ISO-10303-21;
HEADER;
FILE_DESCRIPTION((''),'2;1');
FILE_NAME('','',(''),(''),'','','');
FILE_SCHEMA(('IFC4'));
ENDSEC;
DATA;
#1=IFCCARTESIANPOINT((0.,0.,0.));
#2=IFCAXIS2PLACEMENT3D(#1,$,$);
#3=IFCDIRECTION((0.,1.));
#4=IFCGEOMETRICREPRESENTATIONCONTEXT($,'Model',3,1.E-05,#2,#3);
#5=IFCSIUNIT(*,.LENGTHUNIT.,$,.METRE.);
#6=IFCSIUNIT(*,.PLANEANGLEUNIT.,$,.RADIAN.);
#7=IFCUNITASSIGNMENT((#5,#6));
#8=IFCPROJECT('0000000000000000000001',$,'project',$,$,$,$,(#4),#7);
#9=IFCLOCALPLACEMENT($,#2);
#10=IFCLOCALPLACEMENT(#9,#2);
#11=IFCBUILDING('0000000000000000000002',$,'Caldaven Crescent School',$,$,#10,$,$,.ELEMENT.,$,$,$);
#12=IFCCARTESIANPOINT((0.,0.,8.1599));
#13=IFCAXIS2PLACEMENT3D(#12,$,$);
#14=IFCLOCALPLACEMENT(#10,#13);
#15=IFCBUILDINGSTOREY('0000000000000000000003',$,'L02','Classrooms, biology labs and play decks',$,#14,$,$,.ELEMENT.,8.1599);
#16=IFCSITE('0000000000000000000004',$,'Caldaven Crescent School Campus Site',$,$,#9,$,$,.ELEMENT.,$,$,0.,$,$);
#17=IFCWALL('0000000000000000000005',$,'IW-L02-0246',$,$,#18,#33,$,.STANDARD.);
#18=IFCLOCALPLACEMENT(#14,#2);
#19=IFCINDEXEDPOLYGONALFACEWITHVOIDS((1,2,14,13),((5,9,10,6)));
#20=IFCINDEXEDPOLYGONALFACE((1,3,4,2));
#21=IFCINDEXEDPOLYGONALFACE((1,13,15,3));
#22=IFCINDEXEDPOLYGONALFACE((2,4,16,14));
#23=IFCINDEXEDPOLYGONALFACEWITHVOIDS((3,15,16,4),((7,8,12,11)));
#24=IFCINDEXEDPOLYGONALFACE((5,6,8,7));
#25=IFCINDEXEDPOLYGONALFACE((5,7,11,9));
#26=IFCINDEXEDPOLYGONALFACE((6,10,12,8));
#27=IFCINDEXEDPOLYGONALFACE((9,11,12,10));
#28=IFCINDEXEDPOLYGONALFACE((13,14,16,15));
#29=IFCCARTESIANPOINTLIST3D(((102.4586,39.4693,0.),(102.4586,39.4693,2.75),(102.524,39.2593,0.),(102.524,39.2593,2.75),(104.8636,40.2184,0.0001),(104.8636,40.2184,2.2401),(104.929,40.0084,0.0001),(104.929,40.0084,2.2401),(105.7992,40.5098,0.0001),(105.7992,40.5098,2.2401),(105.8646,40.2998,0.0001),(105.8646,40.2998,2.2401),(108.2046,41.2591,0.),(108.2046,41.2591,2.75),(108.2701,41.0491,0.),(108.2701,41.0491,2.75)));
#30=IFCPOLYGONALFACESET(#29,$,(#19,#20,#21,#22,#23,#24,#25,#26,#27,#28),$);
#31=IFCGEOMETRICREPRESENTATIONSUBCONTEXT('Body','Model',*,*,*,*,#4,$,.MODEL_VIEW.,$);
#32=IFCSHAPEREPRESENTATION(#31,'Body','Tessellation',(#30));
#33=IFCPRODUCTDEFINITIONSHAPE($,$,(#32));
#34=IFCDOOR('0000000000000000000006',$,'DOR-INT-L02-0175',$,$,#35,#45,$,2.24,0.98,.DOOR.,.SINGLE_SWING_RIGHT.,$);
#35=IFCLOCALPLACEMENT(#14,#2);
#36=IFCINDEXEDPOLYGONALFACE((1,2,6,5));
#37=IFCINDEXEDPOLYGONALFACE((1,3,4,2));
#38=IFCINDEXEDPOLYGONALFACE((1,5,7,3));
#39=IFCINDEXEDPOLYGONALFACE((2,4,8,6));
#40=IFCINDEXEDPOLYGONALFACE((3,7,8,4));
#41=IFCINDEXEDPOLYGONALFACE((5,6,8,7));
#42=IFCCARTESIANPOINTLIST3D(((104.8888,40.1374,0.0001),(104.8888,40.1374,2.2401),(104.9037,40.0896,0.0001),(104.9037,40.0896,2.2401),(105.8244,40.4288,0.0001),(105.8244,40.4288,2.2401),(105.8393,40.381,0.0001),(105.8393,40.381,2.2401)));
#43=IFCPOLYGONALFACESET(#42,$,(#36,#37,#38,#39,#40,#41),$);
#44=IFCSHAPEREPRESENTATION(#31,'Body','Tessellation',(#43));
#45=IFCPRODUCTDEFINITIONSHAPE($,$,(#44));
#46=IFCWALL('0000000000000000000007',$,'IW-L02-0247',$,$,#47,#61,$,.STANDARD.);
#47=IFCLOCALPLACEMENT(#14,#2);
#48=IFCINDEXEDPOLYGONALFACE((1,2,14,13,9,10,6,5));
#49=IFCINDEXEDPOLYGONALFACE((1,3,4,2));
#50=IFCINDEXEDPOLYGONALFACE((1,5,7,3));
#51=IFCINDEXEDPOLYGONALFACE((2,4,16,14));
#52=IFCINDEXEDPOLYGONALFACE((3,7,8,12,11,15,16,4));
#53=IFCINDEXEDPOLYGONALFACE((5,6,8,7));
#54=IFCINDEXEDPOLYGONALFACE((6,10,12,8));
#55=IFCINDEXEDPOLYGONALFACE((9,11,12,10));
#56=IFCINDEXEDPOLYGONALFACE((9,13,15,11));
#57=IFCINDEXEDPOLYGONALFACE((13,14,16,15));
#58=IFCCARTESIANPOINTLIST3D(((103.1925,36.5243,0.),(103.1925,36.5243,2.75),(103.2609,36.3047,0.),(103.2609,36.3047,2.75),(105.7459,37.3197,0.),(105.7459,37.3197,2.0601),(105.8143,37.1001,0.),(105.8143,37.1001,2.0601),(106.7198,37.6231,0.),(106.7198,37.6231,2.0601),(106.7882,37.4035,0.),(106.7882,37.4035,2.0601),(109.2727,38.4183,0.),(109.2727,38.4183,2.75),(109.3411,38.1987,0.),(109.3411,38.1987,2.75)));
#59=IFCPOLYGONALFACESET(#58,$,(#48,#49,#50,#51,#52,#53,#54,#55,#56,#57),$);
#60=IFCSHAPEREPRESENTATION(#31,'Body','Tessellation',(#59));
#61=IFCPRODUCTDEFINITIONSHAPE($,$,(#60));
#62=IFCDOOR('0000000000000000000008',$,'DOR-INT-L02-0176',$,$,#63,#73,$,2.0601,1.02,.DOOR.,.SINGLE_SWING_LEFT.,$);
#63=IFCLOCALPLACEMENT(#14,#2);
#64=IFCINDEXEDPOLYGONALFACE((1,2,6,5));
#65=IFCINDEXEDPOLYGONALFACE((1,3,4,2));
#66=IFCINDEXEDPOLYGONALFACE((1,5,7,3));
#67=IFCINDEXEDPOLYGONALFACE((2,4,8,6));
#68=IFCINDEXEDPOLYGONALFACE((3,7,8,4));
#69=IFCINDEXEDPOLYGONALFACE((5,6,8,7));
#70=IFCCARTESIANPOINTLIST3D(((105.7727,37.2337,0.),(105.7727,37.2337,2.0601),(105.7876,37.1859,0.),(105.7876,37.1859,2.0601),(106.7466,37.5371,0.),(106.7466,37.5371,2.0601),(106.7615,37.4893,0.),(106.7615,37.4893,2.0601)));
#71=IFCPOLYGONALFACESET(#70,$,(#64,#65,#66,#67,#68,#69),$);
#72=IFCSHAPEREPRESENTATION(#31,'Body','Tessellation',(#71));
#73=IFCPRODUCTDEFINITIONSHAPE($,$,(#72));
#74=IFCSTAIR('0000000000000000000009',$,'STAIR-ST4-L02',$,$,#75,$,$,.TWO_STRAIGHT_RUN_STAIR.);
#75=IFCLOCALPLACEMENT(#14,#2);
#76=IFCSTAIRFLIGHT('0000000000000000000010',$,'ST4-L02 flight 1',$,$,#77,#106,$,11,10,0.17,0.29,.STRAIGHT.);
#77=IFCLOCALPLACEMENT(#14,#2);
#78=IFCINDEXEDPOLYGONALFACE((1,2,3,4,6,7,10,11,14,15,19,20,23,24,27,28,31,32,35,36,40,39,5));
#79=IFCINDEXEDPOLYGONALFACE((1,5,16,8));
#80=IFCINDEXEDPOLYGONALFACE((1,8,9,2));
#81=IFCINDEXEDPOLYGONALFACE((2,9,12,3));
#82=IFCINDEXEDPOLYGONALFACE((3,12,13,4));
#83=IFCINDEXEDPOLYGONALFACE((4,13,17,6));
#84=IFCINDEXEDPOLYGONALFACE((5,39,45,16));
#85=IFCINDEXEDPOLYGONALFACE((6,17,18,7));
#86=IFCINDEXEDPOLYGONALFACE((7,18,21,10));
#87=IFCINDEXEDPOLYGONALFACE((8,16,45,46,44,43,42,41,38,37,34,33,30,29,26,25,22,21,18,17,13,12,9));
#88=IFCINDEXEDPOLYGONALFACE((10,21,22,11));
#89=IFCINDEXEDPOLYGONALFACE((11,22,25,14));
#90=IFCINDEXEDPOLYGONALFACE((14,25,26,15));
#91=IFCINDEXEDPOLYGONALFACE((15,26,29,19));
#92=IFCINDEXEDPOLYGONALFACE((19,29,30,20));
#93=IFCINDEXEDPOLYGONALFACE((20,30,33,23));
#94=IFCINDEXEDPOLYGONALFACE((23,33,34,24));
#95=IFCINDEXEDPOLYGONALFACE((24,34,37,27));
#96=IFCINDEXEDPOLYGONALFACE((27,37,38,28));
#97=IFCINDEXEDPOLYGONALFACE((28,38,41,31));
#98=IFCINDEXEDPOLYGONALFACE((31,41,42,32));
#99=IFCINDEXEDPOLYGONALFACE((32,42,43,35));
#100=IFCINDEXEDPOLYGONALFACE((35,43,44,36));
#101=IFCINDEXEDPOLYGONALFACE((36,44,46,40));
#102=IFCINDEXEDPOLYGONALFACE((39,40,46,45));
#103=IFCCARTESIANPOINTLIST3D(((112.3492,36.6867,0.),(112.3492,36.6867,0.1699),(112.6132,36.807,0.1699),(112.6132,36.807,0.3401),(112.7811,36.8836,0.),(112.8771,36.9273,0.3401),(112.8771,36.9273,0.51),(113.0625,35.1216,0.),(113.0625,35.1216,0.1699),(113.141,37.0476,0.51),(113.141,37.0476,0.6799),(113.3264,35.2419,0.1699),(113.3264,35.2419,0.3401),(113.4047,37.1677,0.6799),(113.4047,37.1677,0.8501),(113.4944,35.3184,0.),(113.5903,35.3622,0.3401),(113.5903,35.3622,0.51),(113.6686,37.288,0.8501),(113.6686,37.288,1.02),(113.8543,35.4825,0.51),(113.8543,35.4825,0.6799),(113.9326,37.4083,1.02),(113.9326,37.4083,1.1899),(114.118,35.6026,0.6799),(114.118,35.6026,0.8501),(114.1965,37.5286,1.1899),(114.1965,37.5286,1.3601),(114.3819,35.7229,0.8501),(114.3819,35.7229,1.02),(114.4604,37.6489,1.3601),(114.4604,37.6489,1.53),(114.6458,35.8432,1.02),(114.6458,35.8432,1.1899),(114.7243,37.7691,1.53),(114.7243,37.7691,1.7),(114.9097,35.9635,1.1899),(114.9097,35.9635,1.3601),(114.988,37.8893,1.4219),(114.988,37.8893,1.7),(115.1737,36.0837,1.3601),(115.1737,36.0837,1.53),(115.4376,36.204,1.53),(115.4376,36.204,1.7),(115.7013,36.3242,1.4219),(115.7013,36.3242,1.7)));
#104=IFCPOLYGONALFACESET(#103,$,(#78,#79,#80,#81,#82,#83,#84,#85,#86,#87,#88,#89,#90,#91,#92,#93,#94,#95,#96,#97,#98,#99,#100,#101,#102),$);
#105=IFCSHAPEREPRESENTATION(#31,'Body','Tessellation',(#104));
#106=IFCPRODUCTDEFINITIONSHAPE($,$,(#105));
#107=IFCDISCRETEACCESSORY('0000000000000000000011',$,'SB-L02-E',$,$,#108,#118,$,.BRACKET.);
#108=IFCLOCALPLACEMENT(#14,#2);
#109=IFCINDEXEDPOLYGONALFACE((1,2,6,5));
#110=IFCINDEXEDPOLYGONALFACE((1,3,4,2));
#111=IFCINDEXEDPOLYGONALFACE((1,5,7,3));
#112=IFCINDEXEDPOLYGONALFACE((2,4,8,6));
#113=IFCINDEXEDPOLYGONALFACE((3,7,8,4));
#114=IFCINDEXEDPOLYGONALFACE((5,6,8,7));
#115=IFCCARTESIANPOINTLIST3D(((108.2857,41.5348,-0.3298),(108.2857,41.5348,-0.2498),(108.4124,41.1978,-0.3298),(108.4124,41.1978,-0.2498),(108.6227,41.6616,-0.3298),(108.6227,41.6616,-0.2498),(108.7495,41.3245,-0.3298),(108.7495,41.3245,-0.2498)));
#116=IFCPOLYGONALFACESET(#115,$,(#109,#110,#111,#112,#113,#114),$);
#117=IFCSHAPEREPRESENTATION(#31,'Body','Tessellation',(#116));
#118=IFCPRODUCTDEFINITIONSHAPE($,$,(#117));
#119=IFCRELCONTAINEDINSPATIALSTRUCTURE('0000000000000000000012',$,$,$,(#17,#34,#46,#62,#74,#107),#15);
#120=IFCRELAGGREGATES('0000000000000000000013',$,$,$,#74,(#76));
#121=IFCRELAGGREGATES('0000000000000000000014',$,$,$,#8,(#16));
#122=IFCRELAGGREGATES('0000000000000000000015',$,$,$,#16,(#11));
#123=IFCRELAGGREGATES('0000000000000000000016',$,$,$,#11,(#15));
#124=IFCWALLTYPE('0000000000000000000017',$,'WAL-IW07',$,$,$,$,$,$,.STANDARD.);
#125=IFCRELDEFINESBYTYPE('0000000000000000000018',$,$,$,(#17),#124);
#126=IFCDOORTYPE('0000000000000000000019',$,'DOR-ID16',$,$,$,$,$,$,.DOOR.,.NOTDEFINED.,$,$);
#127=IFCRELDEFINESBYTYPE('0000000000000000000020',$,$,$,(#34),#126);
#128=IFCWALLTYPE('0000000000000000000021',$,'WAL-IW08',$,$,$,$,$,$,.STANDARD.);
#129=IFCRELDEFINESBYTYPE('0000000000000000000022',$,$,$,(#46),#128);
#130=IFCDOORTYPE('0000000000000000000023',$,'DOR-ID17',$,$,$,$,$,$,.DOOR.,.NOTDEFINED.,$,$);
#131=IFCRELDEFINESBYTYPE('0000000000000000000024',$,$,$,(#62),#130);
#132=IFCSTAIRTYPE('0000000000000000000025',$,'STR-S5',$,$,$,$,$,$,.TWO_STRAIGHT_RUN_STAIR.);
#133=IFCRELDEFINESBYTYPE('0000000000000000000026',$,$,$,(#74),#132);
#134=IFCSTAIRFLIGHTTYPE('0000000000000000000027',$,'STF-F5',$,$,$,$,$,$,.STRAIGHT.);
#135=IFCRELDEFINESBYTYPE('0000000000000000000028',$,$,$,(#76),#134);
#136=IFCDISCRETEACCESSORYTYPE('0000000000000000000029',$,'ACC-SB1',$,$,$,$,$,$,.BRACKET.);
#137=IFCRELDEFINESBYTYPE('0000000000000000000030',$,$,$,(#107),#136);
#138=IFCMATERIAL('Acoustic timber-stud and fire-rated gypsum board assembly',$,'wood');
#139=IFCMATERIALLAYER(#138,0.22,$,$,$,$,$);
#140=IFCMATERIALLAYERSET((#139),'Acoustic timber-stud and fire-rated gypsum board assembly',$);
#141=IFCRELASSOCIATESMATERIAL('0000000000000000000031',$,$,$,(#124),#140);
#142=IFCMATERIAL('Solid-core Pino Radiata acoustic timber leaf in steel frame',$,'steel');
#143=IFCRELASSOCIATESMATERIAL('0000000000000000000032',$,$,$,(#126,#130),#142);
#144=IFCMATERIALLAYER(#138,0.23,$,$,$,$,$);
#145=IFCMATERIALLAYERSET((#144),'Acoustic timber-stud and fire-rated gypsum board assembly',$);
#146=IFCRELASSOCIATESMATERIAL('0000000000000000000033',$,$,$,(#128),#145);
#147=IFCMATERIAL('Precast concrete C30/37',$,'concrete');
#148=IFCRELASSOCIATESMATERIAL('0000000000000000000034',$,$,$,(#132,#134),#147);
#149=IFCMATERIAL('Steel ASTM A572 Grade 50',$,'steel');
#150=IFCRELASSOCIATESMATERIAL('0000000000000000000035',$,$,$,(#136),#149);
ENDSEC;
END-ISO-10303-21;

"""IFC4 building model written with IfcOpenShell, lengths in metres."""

from ifc_helpers import new_model, si_unit, direction, frame, frame_2d, origin, origin_2d, place, context, subcontext, project, spatial, polyline, rectangle, outline, extrude, material, layer, layer_set, type_object, element, fill, aggregate, save


model = new_model("IFC4")

# Units and contexts
model_context = context("Model", 3, precision=1e-05, world=origin(), true_north=direction((0.0, 1.0)))
body_context = subcontext(model_context, "Body", "Model", "MODEL_VIEW")
ifc_project = project(units=[si_unit("LENGTHUNIT", "METRE"), si_unit("PLANEANGLEUNIT", "RADIAN")], contexts=[model_context])

# Site, building, storey
site_placement = place(None, origin())
site = spatial("IfcSite", under=ifc_project, at=site_placement, Name="Caldaven Crescent School Campus Site", CompositionType="ELEMENT", RefElevation=0.0)
building_placement = place(site_placement, origin())
building = spatial("IfcBuilding", under=site, at=building_placement, Name="Caldaven Crescent School", CompositionType="ELEMENT")
storey_placement = place(building_placement, frame((0.0, 0.0, 8.1599)))
storey = spatial("IfcBuildingStorey", under=building, at=storey_placement, Name="L02", Description="Classrooms, biology labs and play decks", CompositionType="ELEMENT", Elevation=8.1599)

# Shared definitions
ifc_material_1 = material(Name="Steel ASTM A572 Grade 50", Category="steel")

# Walls, openings, doors
ifc_material_2 = material(Name="Acoustic timber-stud and fire-rated gypsum board assembly", Category="wood")
ifc_layer_1 = layer(ifc_material_2, 0.22)
ifc_layer_set_1 = layer_set([ifc_layer_1], Name="Acoustic timber-stud and fire-rated gypsum board assembly")
wall_type_1 = type_object("IfcWallType", Name="WAL-IW07", PredefinedType="STANDARD", material=ifc_layer_set_1)
wall_1_placement = place(storey_placement, frame((102.4912, 39.3643, 0.0), z_axis=(0.0, 0.0, 1.0), x_axis=(0.954757, 0.297388, 0.0)))
wall_1 = element("IfcWall", 1, at=wall_1_placement, inside=storey, type_object=wall_type_1, Name="IW-L02-0246", PredefinedType="STANDARD", context=body_context, shape_type="SweptSolid", body=[
    extrude(rectangle(XDim=6.0183, YDim=0.22, at=frame_2d((3.0093, 0.0))), origin(), (0.0, 0.0, 1.0), 2.75),
])
opening_1_placement = place(wall_1_placement, frame((2.519, 0.0, 0.0)))
opening_1 = element("IfcOpeningElement", 2, at=opening_1_placement, cuts=wall_1, PredefinedType="OPENING", context=body_context, shape_type="SweptSolid", body=[
    extrude(rectangle(XDim=0.98, YDim=2.24, at=frame_2d((0.49, 1.1201))), frame((0.0, 0.1199, 0.0), z_axis=(0.0, -1.0, 0.0), x_axis=(1.0, 0.0, 0.0)), (0.0, 0.0, 1.0), 0.24),
])
ifc_material_3 = material(Name="Solid-core Pino Radiata acoustic timber leaf in steel frame", Category="steel")
door_type_1 = type_object("IfcDoorType", Name="DOR-ID16", OperationType="NOTDEFINED", PredefinedType="DOOR", material=ifc_material_3)
door_1_placement = place(opening_1_placement, frame((0.98, 0.0, 0.0), z_axis=(0.0, 0.0, 1.0), x_axis=(-1.0, 0.0, 0.0)))
door_1 = element("IfcDoor", 3, at=door_1_placement, inside=storey, type_object=door_type_1, Name="DOR-INT-L02-0175", OperationType="SINGLE_SWING_RIGHT", OverallHeight=2.24, OverallWidth=0.98, PredefinedType="DOOR", context=body_context, shape_type="SweptSolid", body=[
    extrude(rectangle(XDim=0.98, YDim=2.24, at=frame_2d((0.49, 1.1201))), frame((0.0, 0.0249, 0.0), z_axis=(0.0, -1.0, 0.0), x_axis=(1.0, 0.0, 0.0)), (0.0, 0.0, 1.0), 0.05),
])
fill(opening_1, door_1)
ifc_layer_2 = layer(ifc_material_2, 0.23)
ifc_layer_set_2 = layer_set([ifc_layer_2], Name="Acoustic timber-stud and fire-rated gypsum board assembly")
wall_type_2 = type_object("IfcWallType", Name="WAL-IW08", PredefinedType="STANDARD", material=ifc_layer_set_2)
wall_2_placement = place(storey_placement, frame((103.2268, 36.4146, 0.0), z_axis=(0.0, 0.0, 1.0), x_axis=(0.95475, 0.297408, 0.0)))
wall_2 = element("IfcWall", 4, at=wall_2_placement, inside=storey, type_object=wall_type_2, Name="IW-L02-0247", PredefinedType="STANDARD", context=body_context, shape_type="SweptSolid", body=[
    extrude(rectangle(XDim=6.3684, YDim=0.23, at=frame_2d((3.1841, 0.0))), origin(), (0.0, 0.0, 1.0), 2.75),
])
opening_2_placement = place(wall_2_placement, frame((2.6743, 0.0, 0.0)))
opening_2 = element("IfcOpeningElement", 5, at=opening_2_placement, cuts=wall_2, PredefinedType="OPENING", context=body_context, shape_type="SweptSolid", body=[
    extrude(rectangle(XDim=1.02, YDim=2.0601, at=frame_2d((0.51, 1.03))), frame((0.0, 0.125, 0.0), z_axis=(0.0, -1.0, 0.0), x_axis=(1.0, 0.0, 0.0)), (0.0, 0.0, 1.0), 0.25),
])
door_type_2 = type_object("IfcDoorType", Name="DOR-ID17", OperationType="NOTDEFINED", PredefinedType="DOOR", material=ifc_material_3)
door_2_placement = place(opening_2_placement, origin())
door_2 = element("IfcDoor", 6, at=door_2_placement, inside=storey, type_object=door_type_2, Name="DOR-INT-L02-0176", OperationType="SINGLE_SWING_LEFT", OverallHeight=2.0601, OverallWidth=1.02, PredefinedType="DOOR", context=body_context, shape_type="SweptSolid", body=[
    extrude(rectangle(XDim=1.02, YDim=2.0601, at=frame_2d((0.51, 1.03))), frame((0.0, 0.0249, 0.0), z_axis=(0.0, -1.0, 0.0), x_axis=(1.0, 0.0, 0.0)), (0.0, 0.0, 1.0), 0.05),
])
fill(opening_2, door_2)

# Stair, stair flight
ifc_material_4 = material(Name="Precast concrete C30/37", Category="concrete")
stair_type = type_object("IfcStairType", Name="STR-S5", PredefinedType="TWO_STRAIGHT_RUN_STAIR", material=ifc_material_4)
stair_placement = place(storey_placement, origin())
stair = element("IfcStair", 7, at=stair_placement, inside=storey, type_object=stair_type, Name="STAIR-ST4-L02", PredefinedType="TWO_STRAIGHT_RUN_STAIR")
stair_flight_type = type_object("IfcStairFlightType", Name="STF-F5", PredefinedType="STRAIGHT", material=ifc_material_4)
stair_flight_placement = place(storey_placement, frame((112.7058, 35.9043, 0.0), z_axis=(0.0, 0.0, 1.0), x_axis=(0.909961, 0.414693, 0.0)))
stair_flight = element("IfcStairFlight", 8, at=stair_flight_placement, type_object=stair_flight_type, Name="ST4-L02 flight 1", NumberOfRisers=11, NumberOfTreads=10, PredefinedType="STRAIGHT", RiserHeight=0.17, TreadLength=0.29, context=body_context, shape_type="SweptSolid", body=[
    extrude(outline(polyline([(0.0, 0.0), (0.0, 0.1699), (0.29, 0.1699), (0.29, 0.3401), (0.5801, 0.3401), (0.5801, 0.51), (0.8701, 0.51), (0.8701, 0.6799), (1.1599, 0.6799), (1.1599, 0.8501), (1.45, 0.8501), (1.45, 1.02), (1.74, 1.02), (1.74, 1.1899), (2.03, 1.1899), (2.03, 1.3601), (2.3201, 1.3601), (2.3201, 1.53), (2.6101, 1.53), (2.6101, 1.7), (2.8999, 1.7), (2.8999, 1.8701), (2.8999, 1.4219), (0.4746, 0.0), (0.0, 0.0)])), frame((0.0, 0.8599, 0.0), z_axis=(0.0, -1.0, 0.0), x_axis=(1.0, 0.0, 0.0)), (0.0, 0.0, 1.0), 1.72),
])
aggregate(stair, [stair_flight])

# Discrete accessory
discrete_accessory_type = type_object("IfcDiscreteAccessoryType", Name="ACC-SB1", PredefinedType="BRACKET", material=ifc_material_1)
discrete_accessory_placement = place(storey_placement, frame((108.5176, 41.4297, -0.3298), z_axis=(0.0, 0.0, 1.0), x_axis=(0.352005, -0.935998, 0.0)))
element("IfcDiscreteAccessory", 9, at=discrete_accessory_placement, inside=storey, type_object=discrete_accessory_type, Name="SB-L02-E", PredefinedType="BRACKET", context=body_context, shape_type="SweptSolid", body=[
    extrude(rectangle(XDim=0.3601, YDim=0.3601, at=origin_2d()), origin(), (0.0, 0.0, 1.0), 0.0801),
])

save(model, "model.ifc")
